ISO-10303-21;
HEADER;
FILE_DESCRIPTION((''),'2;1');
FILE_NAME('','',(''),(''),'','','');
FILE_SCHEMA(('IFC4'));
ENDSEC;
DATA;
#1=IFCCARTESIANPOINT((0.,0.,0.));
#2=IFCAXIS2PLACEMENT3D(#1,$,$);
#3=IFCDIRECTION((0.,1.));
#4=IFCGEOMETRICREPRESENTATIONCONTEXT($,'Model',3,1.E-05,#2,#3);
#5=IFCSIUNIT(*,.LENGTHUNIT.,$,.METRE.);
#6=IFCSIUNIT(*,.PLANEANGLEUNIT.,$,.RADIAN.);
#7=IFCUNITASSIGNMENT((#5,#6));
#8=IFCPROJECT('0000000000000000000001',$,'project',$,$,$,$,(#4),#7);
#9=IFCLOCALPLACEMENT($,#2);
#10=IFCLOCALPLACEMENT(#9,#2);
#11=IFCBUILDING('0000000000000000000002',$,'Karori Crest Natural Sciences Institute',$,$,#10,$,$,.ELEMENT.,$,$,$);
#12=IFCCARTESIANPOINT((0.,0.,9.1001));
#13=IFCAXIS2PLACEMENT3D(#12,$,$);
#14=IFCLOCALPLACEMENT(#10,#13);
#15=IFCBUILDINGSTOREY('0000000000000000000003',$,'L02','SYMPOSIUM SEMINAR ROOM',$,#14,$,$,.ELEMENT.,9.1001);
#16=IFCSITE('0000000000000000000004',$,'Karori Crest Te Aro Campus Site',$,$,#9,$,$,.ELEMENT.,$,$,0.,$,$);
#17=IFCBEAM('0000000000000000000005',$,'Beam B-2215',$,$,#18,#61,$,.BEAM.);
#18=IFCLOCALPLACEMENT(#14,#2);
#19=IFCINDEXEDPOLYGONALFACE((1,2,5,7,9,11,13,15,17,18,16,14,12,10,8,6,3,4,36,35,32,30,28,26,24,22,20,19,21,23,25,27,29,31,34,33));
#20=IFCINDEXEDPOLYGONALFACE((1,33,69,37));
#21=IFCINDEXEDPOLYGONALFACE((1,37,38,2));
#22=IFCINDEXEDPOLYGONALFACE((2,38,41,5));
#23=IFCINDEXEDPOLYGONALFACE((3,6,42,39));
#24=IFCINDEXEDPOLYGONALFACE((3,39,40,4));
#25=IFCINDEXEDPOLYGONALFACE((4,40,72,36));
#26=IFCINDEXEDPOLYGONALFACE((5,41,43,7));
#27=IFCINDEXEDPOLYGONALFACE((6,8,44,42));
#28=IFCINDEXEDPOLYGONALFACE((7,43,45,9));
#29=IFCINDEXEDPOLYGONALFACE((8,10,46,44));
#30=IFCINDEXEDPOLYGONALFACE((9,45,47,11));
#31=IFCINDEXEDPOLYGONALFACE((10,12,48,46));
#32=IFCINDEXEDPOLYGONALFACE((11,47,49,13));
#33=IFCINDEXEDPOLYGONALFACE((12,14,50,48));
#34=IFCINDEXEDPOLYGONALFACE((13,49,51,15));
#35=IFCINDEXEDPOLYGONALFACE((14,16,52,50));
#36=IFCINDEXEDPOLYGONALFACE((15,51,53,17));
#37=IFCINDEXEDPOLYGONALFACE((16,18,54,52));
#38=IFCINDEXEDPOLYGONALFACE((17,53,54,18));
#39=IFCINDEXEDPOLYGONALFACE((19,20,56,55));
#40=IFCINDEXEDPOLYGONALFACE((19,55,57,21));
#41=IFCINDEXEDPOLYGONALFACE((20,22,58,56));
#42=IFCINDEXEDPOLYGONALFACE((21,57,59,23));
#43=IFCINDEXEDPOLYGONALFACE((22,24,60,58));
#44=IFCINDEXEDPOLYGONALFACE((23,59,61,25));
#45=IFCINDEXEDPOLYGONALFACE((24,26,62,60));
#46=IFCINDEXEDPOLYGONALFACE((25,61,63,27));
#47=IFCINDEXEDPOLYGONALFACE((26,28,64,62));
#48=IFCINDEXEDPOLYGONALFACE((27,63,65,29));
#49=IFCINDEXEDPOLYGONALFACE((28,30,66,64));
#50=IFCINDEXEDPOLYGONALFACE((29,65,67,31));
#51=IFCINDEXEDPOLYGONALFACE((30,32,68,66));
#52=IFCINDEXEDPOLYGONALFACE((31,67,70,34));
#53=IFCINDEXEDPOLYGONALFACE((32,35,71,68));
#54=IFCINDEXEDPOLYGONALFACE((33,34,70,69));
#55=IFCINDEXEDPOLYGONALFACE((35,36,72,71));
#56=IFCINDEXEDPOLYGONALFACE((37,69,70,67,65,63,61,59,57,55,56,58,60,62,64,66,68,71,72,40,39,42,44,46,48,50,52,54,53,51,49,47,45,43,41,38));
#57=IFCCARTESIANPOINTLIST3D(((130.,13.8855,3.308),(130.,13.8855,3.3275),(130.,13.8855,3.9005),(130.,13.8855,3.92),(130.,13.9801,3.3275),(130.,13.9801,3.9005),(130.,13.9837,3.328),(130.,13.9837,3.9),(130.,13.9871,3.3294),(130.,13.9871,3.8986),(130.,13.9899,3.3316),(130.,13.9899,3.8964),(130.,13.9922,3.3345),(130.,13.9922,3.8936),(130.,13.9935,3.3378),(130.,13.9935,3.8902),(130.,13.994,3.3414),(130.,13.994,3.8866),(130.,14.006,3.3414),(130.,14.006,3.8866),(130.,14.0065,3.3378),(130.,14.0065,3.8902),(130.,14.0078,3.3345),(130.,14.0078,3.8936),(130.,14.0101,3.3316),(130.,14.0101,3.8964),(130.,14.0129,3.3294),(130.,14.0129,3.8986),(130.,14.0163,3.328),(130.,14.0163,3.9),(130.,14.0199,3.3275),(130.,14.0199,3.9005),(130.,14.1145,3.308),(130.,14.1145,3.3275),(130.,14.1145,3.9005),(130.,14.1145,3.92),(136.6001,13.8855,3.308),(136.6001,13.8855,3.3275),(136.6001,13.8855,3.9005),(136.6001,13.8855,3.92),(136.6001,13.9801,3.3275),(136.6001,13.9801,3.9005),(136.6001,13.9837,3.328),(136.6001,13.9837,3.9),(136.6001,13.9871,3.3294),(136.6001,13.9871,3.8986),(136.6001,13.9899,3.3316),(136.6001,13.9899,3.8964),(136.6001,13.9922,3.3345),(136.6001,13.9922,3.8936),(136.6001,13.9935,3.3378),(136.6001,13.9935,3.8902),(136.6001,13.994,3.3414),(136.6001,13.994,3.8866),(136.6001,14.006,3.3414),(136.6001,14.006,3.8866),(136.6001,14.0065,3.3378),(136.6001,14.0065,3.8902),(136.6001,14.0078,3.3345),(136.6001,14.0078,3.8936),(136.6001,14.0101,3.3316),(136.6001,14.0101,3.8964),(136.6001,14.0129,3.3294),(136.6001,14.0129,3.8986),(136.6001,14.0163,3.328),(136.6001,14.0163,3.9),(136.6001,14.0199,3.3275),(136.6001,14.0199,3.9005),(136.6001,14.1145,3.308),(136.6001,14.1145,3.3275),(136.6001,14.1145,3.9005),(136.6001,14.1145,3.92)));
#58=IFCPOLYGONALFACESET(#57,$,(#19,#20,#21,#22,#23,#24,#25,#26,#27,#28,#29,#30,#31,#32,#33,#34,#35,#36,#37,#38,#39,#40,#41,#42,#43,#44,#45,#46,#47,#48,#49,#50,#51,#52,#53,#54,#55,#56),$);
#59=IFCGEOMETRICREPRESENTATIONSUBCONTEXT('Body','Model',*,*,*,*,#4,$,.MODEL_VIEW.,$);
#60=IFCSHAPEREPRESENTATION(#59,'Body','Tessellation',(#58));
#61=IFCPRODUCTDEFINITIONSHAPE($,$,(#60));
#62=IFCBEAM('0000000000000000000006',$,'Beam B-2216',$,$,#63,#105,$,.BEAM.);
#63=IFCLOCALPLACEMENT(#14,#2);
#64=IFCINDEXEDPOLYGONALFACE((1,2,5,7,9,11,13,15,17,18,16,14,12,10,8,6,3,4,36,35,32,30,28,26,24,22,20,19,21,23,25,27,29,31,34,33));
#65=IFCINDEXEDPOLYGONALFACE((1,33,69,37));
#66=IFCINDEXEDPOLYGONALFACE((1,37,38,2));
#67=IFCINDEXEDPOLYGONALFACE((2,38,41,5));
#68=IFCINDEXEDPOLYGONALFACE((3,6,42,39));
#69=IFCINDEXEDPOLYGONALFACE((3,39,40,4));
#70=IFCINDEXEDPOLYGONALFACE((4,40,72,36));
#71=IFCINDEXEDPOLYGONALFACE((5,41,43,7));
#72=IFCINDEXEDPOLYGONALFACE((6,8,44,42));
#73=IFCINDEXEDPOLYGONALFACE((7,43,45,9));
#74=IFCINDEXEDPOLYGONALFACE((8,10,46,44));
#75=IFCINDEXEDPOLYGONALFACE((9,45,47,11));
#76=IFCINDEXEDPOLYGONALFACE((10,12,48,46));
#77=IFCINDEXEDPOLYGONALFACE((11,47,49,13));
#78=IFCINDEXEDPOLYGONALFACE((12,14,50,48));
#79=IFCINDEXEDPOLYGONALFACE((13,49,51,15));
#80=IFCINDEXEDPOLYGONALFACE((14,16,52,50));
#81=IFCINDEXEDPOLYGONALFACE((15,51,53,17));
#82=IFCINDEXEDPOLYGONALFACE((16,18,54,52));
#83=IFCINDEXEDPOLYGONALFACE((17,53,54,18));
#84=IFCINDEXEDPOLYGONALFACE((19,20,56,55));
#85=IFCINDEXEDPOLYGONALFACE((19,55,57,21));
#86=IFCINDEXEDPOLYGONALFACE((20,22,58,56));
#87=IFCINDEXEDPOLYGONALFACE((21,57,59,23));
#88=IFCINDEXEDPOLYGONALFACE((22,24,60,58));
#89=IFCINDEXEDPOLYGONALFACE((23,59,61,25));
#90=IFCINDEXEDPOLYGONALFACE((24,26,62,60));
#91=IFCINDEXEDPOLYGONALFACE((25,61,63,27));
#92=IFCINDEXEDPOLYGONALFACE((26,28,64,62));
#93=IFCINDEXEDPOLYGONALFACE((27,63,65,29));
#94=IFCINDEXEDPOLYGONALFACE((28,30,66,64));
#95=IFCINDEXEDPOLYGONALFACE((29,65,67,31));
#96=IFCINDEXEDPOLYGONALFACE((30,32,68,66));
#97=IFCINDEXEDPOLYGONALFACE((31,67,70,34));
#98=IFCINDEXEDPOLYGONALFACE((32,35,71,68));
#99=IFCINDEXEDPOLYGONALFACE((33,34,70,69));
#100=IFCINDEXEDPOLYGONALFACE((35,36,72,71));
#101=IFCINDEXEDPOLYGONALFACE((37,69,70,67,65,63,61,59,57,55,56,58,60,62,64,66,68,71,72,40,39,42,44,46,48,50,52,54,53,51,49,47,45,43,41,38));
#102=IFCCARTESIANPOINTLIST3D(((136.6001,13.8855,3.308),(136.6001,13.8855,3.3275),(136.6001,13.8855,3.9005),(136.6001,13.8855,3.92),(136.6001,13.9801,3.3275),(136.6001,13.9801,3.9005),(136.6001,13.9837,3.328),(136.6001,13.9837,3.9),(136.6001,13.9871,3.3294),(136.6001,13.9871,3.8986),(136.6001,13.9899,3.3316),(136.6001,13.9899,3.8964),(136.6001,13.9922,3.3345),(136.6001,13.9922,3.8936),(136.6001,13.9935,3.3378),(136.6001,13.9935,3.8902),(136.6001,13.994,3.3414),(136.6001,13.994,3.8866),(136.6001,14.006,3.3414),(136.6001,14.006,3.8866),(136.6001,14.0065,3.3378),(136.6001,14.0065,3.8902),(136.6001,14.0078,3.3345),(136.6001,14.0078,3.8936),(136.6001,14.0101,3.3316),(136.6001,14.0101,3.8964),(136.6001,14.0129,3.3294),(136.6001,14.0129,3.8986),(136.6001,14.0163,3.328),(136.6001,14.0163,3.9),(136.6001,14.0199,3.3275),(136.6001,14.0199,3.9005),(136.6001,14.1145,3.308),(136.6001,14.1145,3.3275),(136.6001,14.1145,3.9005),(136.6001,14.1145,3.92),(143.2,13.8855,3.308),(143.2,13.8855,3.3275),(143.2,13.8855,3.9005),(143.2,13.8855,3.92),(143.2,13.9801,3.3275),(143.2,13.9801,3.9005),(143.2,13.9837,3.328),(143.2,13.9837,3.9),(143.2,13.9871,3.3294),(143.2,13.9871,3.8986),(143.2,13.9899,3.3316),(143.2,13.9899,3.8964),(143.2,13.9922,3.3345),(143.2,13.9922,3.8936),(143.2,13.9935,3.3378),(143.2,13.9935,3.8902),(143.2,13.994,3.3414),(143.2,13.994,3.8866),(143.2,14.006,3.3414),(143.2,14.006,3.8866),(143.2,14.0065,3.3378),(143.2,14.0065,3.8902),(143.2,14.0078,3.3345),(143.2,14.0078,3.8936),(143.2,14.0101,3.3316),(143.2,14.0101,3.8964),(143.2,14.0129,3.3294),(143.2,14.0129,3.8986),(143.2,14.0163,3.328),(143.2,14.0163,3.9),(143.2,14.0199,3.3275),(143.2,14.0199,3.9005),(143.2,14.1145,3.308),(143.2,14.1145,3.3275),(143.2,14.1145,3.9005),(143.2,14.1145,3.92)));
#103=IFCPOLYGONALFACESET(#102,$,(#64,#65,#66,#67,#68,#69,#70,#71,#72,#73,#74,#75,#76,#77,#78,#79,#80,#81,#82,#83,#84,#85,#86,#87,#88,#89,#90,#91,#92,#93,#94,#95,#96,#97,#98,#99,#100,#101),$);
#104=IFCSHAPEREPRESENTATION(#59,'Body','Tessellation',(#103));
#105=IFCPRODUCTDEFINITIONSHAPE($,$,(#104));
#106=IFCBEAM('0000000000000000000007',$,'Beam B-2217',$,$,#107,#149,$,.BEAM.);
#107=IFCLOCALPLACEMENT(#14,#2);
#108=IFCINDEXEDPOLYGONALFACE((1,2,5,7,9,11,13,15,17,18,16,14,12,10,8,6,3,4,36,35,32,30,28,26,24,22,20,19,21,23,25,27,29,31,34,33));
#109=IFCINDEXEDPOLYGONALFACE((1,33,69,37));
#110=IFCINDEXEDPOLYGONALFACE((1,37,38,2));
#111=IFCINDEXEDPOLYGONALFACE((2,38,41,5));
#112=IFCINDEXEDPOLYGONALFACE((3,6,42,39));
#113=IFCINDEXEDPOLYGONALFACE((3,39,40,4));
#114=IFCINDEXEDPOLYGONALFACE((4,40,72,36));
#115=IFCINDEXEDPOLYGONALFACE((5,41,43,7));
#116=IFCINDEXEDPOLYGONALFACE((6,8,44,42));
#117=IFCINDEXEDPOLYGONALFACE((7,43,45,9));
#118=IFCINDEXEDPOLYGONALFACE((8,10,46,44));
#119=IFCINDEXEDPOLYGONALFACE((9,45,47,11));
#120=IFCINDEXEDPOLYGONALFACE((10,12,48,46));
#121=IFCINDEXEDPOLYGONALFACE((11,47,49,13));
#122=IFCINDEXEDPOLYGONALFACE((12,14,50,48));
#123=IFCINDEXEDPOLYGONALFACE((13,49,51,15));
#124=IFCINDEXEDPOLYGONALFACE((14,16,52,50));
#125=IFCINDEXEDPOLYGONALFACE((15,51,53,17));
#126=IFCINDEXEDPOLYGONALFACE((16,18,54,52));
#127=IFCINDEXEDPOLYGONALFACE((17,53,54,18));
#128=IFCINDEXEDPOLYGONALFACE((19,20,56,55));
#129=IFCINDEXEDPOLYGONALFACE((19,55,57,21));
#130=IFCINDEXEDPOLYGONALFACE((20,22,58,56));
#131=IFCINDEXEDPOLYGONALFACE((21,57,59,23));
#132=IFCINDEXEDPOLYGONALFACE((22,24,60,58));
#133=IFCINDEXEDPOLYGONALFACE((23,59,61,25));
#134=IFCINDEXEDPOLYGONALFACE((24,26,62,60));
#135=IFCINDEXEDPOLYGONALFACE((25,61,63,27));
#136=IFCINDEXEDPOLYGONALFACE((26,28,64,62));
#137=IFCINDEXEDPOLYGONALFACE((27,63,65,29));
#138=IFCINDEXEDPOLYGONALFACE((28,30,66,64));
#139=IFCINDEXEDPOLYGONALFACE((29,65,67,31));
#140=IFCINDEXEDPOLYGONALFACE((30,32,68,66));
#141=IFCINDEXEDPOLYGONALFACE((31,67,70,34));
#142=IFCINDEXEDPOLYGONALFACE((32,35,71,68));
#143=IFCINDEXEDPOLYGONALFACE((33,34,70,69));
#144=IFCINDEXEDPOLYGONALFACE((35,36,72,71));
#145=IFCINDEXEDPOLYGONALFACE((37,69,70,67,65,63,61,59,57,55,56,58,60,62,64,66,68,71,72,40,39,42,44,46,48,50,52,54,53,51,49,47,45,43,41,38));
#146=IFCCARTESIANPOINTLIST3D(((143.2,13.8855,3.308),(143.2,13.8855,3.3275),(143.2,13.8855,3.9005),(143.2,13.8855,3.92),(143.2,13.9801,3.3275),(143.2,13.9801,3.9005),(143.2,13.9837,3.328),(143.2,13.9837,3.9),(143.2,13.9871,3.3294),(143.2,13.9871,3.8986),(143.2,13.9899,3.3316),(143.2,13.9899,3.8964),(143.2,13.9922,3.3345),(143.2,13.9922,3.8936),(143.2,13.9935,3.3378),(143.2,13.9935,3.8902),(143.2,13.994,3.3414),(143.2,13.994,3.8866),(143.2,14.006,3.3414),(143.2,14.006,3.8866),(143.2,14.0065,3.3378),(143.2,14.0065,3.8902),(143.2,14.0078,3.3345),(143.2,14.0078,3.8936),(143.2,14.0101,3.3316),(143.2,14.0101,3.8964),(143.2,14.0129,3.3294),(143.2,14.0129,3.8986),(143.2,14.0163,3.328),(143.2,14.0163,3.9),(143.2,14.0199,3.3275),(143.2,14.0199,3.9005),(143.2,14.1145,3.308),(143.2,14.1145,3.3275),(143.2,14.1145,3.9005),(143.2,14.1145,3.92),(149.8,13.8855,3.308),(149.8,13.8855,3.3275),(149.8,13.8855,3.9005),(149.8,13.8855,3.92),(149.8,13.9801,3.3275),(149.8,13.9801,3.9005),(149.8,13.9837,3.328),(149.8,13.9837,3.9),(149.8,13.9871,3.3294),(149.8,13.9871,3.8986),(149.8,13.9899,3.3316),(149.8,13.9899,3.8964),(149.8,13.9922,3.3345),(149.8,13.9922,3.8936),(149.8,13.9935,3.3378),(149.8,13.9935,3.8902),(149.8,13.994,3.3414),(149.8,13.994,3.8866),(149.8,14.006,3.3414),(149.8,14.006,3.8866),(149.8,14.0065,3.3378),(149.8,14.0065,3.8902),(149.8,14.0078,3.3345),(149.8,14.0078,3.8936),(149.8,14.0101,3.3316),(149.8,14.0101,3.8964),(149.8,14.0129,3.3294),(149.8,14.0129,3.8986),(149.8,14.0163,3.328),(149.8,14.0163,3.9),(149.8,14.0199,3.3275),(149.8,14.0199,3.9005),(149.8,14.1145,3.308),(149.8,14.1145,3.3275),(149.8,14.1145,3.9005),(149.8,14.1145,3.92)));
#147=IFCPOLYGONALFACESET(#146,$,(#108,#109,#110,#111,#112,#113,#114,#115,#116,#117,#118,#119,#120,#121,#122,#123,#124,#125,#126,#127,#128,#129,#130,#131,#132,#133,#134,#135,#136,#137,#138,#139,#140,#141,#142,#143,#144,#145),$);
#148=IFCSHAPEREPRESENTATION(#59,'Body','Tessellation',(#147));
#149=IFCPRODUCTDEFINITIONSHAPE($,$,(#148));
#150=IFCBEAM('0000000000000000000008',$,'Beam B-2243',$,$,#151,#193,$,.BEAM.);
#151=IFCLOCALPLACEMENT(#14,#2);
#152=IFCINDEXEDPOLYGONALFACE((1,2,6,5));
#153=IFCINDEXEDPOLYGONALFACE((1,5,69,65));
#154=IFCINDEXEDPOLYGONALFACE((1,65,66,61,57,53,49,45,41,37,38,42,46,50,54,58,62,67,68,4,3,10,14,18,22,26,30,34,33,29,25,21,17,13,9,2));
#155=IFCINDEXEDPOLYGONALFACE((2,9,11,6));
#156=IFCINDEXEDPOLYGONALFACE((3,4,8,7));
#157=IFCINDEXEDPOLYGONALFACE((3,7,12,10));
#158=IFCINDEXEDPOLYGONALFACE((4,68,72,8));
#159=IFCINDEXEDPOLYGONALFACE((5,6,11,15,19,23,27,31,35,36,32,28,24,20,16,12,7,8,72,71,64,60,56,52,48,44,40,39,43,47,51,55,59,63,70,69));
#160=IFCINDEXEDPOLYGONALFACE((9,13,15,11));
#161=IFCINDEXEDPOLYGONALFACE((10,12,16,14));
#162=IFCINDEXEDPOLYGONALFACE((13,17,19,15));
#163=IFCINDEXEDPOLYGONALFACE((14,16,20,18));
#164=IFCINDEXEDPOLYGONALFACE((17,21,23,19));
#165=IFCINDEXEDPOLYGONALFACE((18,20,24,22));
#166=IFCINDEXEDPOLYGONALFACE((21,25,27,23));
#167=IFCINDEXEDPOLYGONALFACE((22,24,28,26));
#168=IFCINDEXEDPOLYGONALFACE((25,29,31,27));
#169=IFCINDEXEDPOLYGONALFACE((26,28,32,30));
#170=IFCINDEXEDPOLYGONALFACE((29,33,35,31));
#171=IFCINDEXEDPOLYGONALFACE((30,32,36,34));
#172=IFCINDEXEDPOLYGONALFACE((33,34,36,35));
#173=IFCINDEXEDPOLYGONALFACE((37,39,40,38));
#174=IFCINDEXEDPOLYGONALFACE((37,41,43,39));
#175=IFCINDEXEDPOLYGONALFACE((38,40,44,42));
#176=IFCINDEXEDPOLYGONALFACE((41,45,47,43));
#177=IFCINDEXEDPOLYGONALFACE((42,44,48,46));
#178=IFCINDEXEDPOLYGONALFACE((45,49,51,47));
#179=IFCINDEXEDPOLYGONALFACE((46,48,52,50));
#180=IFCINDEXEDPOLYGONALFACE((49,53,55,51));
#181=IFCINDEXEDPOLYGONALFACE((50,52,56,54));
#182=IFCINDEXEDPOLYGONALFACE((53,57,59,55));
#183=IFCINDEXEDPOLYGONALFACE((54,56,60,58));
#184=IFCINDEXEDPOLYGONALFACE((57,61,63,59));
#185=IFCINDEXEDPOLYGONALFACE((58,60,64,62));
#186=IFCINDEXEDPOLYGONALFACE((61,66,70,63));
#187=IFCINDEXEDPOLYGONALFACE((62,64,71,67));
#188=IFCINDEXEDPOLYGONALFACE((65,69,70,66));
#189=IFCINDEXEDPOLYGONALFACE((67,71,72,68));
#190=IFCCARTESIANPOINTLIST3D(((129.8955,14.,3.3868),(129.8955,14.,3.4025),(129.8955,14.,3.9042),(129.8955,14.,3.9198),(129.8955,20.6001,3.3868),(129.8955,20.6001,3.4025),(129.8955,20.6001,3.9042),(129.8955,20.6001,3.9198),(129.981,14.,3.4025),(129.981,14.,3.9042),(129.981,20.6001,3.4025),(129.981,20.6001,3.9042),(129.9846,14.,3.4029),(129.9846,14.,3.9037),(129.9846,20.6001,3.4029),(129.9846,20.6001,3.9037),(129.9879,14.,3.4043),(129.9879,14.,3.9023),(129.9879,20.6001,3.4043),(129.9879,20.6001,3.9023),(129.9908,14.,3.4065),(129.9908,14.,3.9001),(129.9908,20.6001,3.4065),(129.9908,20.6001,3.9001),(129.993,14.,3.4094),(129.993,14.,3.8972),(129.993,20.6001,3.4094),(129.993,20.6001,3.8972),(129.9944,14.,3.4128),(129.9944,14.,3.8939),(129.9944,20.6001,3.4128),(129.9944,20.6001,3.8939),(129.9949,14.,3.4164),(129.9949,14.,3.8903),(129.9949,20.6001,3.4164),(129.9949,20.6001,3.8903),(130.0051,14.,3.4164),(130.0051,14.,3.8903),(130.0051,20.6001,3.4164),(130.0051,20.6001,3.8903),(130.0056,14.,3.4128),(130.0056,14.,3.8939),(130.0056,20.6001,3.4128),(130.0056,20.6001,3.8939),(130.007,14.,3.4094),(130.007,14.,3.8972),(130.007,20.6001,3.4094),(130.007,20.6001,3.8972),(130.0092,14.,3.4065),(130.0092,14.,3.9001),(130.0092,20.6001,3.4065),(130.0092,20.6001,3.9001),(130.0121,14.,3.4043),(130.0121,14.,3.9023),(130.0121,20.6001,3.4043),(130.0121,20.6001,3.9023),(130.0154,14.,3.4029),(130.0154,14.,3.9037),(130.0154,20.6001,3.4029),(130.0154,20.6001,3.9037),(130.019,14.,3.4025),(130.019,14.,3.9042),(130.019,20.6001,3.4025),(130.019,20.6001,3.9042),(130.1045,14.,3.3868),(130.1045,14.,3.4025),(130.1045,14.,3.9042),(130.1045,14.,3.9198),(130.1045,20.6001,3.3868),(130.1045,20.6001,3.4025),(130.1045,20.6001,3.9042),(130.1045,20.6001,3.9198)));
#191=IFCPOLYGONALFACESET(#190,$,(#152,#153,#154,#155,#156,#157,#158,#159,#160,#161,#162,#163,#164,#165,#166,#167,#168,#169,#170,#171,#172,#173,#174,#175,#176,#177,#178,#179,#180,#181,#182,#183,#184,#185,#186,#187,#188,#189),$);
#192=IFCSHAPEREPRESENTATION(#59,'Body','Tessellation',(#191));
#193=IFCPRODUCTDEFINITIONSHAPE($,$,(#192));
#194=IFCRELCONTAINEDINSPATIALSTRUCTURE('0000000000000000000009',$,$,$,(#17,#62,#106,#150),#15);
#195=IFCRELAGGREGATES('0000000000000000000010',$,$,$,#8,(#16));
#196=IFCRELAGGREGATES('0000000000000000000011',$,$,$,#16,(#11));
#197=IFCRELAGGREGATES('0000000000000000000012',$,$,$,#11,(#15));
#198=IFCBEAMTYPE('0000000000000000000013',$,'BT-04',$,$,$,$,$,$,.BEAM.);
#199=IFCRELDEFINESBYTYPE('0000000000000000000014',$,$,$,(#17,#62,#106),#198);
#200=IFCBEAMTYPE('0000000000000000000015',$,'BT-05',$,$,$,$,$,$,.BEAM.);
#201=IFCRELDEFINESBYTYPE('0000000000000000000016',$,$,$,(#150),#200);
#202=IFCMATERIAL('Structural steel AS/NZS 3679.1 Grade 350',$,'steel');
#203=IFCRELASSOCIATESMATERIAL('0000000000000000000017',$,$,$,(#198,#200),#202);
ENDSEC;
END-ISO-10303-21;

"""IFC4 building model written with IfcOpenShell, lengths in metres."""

from ifc_helpers import new_model, si_unit, direction, frame, origin, origin_2d, place, context, subcontext, project, spatial, i_section, extrude, material, material_profile, profile_set, type_object, element, save


model = new_model("IFC4")

# Units and contexts
model_context = context("Model", 3, precision=1e-05, world=origin(), true_north=direction((0.0, 1.0)))
body_context = subcontext(model_context, "Body", "Model", "MODEL_VIEW")
ifc_project = project(units=[si_unit("LENGTHUNIT", "METRE"), si_unit("PLANEANGLEUNIT", "RADIAN")], contexts=[model_context])

# Site, building, storey
site_placement = place(None, origin())
site = spatial("IfcSite", under=ifc_project, at=site_placement, Name="Karori Crest Te Aro Campus Site", CompositionType="ELEMENT", RefElevation=0.0)
building_placement = place(site_placement, origin())
building = spatial("IfcBuilding", under=site, at=building_placement, Name="Karori Crest Natural Sciences Institute", CompositionType="ELEMENT")
storey_placement = place(building_placement, frame((0.0, 0.0, 9.1001)))
storey = spatial("IfcBuildingStorey", under=building, at=storey_placement, Name="L02", Description="SYMPOSIUM SEMINAR ROOM", CompositionType="ELEMENT", Elevation=9.1001)

# Shared definitions
ifc_material_1 = material(Name="Structural steel AS/NZS 3679.1 Grade 350", Category="steel")

# Beams
ifc_material_profile_1 = material_profile(ifc_material_1, i_section(OverallWidth=0.229, OverallDepth=0.6121, WebThickness=0.012, FlangeThickness=0.0195, FilletRadius=0.0139, at=origin_2d()), Name="610UB125")
ifc_profile_set_1 = profile_set([ifc_material_profile_1], Name="Structural steel AS/NZS 3679.1 Grade 350")
beam_type_1 = type_object("IfcBeamType", Name="BT-04", PredefinedType="BEAM", material=ifc_profile_set_1)
beam_1_placement = place(storey_placement, frame((130.0, 14.0, 3.614), z_axis=(1.0, 0.0, 0.0), x_axis=(0.0, 1.0, 0.0)))
element("IfcBeam", 1, at=beam_1_placement, inside=storey, type_object=beam_type_1, Name="Beam B-2215", PredefinedType="BEAM", context=body_context, shape_type="SweptSolid", body=[
    extrude(i_section(OverallWidth=0.229, OverallDepth=0.6121, WebThickness=0.012, FlangeThickness=0.0195, FilletRadius=0.0139, at=origin_2d()), origin(), (0.0, 0.0, 1.0), 6.6001),
])
beam_2_placement = place(storey_placement, frame((136.6001, 14.0, 3.614), z_axis=(1.0, 0.0, 0.0), x_axis=(0.0, 1.0, 0.0)))
element("IfcBeam", 2, at=beam_2_placement, inside=storey, type_object=beam_type_1, Name="Beam B-2216", PredefinedType="BEAM", context=body_context, shape_type="SweptSolid", body=[
    extrude(i_section(OverallWidth=0.229, OverallDepth=0.6121, WebThickness=0.012, FlangeThickness=0.0195, FilletRadius=0.0139, at=origin_2d()), origin(), (0.0, 0.0, 1.0), 6.5999),
])
beam_3_placement = place(storey_placement, frame((143.2, 14.0, 3.614), z_axis=(1.0, 0.0, 0.0), x_axis=(0.0, 1.0, 0.0)))
element("IfcBeam", 3, at=beam_3_placement, inside=storey, type_object=beam_type_1, Name="Beam B-2217", PredefinedType="BEAM", context=body_context, shape_type="SweptSolid", body=[
    extrude(i_section(OverallWidth=0.229, OverallDepth=0.6121, WebThickness=0.012, FlangeThickness=0.0195, FilletRadius=0.0139, at=origin_2d()), origin(), (0.0, 0.0, 1.0), 6.6001),
])
ifc_material_profile_2 = material_profile(ifc_material_1, i_section(OverallWidth=0.209, OverallDepth=0.533, WebThickness=0.0103, FlangeThickness=0.0156, FilletRadius=0.0139, at=origin_2d()), Name="530UB92.4")
ifc_profile_set_2 = profile_set([ifc_material_profile_2], Name="Structural steel AS/NZS 3679.1 Grade 350")
beam_type_2 = type_object("IfcBeamType", Name="BT-05", PredefinedType="BEAM", material=ifc_profile_set_2)
for number, where, z_axis, x_axis, name in (
    (4, (130.0, 14.0, 3.6533), (0.0, 1.0, 0.0), (-1.0, 0.0, 0.0), "Beam B-2243"),
):
    element("IfcBeam", number, at=place(storey_placement, frame(where, z_axis=z_axis, x_axis=x_axis)), inside=storey, type_object=beam_type_2, Name=name, PredefinedType="BEAM", context=body_context, shape_type="SweptSolid", body=[
        extrude(i_section(OverallWidth=0.209, OverallDepth=0.533, WebThickness=0.0103, FlangeThickness=0.0156, FilletRadius=0.0139, at=origin_2d()), origin(), (0.0, 0.0, 1.0), 6.6001),
    ])

save(model, "model.ifc")
